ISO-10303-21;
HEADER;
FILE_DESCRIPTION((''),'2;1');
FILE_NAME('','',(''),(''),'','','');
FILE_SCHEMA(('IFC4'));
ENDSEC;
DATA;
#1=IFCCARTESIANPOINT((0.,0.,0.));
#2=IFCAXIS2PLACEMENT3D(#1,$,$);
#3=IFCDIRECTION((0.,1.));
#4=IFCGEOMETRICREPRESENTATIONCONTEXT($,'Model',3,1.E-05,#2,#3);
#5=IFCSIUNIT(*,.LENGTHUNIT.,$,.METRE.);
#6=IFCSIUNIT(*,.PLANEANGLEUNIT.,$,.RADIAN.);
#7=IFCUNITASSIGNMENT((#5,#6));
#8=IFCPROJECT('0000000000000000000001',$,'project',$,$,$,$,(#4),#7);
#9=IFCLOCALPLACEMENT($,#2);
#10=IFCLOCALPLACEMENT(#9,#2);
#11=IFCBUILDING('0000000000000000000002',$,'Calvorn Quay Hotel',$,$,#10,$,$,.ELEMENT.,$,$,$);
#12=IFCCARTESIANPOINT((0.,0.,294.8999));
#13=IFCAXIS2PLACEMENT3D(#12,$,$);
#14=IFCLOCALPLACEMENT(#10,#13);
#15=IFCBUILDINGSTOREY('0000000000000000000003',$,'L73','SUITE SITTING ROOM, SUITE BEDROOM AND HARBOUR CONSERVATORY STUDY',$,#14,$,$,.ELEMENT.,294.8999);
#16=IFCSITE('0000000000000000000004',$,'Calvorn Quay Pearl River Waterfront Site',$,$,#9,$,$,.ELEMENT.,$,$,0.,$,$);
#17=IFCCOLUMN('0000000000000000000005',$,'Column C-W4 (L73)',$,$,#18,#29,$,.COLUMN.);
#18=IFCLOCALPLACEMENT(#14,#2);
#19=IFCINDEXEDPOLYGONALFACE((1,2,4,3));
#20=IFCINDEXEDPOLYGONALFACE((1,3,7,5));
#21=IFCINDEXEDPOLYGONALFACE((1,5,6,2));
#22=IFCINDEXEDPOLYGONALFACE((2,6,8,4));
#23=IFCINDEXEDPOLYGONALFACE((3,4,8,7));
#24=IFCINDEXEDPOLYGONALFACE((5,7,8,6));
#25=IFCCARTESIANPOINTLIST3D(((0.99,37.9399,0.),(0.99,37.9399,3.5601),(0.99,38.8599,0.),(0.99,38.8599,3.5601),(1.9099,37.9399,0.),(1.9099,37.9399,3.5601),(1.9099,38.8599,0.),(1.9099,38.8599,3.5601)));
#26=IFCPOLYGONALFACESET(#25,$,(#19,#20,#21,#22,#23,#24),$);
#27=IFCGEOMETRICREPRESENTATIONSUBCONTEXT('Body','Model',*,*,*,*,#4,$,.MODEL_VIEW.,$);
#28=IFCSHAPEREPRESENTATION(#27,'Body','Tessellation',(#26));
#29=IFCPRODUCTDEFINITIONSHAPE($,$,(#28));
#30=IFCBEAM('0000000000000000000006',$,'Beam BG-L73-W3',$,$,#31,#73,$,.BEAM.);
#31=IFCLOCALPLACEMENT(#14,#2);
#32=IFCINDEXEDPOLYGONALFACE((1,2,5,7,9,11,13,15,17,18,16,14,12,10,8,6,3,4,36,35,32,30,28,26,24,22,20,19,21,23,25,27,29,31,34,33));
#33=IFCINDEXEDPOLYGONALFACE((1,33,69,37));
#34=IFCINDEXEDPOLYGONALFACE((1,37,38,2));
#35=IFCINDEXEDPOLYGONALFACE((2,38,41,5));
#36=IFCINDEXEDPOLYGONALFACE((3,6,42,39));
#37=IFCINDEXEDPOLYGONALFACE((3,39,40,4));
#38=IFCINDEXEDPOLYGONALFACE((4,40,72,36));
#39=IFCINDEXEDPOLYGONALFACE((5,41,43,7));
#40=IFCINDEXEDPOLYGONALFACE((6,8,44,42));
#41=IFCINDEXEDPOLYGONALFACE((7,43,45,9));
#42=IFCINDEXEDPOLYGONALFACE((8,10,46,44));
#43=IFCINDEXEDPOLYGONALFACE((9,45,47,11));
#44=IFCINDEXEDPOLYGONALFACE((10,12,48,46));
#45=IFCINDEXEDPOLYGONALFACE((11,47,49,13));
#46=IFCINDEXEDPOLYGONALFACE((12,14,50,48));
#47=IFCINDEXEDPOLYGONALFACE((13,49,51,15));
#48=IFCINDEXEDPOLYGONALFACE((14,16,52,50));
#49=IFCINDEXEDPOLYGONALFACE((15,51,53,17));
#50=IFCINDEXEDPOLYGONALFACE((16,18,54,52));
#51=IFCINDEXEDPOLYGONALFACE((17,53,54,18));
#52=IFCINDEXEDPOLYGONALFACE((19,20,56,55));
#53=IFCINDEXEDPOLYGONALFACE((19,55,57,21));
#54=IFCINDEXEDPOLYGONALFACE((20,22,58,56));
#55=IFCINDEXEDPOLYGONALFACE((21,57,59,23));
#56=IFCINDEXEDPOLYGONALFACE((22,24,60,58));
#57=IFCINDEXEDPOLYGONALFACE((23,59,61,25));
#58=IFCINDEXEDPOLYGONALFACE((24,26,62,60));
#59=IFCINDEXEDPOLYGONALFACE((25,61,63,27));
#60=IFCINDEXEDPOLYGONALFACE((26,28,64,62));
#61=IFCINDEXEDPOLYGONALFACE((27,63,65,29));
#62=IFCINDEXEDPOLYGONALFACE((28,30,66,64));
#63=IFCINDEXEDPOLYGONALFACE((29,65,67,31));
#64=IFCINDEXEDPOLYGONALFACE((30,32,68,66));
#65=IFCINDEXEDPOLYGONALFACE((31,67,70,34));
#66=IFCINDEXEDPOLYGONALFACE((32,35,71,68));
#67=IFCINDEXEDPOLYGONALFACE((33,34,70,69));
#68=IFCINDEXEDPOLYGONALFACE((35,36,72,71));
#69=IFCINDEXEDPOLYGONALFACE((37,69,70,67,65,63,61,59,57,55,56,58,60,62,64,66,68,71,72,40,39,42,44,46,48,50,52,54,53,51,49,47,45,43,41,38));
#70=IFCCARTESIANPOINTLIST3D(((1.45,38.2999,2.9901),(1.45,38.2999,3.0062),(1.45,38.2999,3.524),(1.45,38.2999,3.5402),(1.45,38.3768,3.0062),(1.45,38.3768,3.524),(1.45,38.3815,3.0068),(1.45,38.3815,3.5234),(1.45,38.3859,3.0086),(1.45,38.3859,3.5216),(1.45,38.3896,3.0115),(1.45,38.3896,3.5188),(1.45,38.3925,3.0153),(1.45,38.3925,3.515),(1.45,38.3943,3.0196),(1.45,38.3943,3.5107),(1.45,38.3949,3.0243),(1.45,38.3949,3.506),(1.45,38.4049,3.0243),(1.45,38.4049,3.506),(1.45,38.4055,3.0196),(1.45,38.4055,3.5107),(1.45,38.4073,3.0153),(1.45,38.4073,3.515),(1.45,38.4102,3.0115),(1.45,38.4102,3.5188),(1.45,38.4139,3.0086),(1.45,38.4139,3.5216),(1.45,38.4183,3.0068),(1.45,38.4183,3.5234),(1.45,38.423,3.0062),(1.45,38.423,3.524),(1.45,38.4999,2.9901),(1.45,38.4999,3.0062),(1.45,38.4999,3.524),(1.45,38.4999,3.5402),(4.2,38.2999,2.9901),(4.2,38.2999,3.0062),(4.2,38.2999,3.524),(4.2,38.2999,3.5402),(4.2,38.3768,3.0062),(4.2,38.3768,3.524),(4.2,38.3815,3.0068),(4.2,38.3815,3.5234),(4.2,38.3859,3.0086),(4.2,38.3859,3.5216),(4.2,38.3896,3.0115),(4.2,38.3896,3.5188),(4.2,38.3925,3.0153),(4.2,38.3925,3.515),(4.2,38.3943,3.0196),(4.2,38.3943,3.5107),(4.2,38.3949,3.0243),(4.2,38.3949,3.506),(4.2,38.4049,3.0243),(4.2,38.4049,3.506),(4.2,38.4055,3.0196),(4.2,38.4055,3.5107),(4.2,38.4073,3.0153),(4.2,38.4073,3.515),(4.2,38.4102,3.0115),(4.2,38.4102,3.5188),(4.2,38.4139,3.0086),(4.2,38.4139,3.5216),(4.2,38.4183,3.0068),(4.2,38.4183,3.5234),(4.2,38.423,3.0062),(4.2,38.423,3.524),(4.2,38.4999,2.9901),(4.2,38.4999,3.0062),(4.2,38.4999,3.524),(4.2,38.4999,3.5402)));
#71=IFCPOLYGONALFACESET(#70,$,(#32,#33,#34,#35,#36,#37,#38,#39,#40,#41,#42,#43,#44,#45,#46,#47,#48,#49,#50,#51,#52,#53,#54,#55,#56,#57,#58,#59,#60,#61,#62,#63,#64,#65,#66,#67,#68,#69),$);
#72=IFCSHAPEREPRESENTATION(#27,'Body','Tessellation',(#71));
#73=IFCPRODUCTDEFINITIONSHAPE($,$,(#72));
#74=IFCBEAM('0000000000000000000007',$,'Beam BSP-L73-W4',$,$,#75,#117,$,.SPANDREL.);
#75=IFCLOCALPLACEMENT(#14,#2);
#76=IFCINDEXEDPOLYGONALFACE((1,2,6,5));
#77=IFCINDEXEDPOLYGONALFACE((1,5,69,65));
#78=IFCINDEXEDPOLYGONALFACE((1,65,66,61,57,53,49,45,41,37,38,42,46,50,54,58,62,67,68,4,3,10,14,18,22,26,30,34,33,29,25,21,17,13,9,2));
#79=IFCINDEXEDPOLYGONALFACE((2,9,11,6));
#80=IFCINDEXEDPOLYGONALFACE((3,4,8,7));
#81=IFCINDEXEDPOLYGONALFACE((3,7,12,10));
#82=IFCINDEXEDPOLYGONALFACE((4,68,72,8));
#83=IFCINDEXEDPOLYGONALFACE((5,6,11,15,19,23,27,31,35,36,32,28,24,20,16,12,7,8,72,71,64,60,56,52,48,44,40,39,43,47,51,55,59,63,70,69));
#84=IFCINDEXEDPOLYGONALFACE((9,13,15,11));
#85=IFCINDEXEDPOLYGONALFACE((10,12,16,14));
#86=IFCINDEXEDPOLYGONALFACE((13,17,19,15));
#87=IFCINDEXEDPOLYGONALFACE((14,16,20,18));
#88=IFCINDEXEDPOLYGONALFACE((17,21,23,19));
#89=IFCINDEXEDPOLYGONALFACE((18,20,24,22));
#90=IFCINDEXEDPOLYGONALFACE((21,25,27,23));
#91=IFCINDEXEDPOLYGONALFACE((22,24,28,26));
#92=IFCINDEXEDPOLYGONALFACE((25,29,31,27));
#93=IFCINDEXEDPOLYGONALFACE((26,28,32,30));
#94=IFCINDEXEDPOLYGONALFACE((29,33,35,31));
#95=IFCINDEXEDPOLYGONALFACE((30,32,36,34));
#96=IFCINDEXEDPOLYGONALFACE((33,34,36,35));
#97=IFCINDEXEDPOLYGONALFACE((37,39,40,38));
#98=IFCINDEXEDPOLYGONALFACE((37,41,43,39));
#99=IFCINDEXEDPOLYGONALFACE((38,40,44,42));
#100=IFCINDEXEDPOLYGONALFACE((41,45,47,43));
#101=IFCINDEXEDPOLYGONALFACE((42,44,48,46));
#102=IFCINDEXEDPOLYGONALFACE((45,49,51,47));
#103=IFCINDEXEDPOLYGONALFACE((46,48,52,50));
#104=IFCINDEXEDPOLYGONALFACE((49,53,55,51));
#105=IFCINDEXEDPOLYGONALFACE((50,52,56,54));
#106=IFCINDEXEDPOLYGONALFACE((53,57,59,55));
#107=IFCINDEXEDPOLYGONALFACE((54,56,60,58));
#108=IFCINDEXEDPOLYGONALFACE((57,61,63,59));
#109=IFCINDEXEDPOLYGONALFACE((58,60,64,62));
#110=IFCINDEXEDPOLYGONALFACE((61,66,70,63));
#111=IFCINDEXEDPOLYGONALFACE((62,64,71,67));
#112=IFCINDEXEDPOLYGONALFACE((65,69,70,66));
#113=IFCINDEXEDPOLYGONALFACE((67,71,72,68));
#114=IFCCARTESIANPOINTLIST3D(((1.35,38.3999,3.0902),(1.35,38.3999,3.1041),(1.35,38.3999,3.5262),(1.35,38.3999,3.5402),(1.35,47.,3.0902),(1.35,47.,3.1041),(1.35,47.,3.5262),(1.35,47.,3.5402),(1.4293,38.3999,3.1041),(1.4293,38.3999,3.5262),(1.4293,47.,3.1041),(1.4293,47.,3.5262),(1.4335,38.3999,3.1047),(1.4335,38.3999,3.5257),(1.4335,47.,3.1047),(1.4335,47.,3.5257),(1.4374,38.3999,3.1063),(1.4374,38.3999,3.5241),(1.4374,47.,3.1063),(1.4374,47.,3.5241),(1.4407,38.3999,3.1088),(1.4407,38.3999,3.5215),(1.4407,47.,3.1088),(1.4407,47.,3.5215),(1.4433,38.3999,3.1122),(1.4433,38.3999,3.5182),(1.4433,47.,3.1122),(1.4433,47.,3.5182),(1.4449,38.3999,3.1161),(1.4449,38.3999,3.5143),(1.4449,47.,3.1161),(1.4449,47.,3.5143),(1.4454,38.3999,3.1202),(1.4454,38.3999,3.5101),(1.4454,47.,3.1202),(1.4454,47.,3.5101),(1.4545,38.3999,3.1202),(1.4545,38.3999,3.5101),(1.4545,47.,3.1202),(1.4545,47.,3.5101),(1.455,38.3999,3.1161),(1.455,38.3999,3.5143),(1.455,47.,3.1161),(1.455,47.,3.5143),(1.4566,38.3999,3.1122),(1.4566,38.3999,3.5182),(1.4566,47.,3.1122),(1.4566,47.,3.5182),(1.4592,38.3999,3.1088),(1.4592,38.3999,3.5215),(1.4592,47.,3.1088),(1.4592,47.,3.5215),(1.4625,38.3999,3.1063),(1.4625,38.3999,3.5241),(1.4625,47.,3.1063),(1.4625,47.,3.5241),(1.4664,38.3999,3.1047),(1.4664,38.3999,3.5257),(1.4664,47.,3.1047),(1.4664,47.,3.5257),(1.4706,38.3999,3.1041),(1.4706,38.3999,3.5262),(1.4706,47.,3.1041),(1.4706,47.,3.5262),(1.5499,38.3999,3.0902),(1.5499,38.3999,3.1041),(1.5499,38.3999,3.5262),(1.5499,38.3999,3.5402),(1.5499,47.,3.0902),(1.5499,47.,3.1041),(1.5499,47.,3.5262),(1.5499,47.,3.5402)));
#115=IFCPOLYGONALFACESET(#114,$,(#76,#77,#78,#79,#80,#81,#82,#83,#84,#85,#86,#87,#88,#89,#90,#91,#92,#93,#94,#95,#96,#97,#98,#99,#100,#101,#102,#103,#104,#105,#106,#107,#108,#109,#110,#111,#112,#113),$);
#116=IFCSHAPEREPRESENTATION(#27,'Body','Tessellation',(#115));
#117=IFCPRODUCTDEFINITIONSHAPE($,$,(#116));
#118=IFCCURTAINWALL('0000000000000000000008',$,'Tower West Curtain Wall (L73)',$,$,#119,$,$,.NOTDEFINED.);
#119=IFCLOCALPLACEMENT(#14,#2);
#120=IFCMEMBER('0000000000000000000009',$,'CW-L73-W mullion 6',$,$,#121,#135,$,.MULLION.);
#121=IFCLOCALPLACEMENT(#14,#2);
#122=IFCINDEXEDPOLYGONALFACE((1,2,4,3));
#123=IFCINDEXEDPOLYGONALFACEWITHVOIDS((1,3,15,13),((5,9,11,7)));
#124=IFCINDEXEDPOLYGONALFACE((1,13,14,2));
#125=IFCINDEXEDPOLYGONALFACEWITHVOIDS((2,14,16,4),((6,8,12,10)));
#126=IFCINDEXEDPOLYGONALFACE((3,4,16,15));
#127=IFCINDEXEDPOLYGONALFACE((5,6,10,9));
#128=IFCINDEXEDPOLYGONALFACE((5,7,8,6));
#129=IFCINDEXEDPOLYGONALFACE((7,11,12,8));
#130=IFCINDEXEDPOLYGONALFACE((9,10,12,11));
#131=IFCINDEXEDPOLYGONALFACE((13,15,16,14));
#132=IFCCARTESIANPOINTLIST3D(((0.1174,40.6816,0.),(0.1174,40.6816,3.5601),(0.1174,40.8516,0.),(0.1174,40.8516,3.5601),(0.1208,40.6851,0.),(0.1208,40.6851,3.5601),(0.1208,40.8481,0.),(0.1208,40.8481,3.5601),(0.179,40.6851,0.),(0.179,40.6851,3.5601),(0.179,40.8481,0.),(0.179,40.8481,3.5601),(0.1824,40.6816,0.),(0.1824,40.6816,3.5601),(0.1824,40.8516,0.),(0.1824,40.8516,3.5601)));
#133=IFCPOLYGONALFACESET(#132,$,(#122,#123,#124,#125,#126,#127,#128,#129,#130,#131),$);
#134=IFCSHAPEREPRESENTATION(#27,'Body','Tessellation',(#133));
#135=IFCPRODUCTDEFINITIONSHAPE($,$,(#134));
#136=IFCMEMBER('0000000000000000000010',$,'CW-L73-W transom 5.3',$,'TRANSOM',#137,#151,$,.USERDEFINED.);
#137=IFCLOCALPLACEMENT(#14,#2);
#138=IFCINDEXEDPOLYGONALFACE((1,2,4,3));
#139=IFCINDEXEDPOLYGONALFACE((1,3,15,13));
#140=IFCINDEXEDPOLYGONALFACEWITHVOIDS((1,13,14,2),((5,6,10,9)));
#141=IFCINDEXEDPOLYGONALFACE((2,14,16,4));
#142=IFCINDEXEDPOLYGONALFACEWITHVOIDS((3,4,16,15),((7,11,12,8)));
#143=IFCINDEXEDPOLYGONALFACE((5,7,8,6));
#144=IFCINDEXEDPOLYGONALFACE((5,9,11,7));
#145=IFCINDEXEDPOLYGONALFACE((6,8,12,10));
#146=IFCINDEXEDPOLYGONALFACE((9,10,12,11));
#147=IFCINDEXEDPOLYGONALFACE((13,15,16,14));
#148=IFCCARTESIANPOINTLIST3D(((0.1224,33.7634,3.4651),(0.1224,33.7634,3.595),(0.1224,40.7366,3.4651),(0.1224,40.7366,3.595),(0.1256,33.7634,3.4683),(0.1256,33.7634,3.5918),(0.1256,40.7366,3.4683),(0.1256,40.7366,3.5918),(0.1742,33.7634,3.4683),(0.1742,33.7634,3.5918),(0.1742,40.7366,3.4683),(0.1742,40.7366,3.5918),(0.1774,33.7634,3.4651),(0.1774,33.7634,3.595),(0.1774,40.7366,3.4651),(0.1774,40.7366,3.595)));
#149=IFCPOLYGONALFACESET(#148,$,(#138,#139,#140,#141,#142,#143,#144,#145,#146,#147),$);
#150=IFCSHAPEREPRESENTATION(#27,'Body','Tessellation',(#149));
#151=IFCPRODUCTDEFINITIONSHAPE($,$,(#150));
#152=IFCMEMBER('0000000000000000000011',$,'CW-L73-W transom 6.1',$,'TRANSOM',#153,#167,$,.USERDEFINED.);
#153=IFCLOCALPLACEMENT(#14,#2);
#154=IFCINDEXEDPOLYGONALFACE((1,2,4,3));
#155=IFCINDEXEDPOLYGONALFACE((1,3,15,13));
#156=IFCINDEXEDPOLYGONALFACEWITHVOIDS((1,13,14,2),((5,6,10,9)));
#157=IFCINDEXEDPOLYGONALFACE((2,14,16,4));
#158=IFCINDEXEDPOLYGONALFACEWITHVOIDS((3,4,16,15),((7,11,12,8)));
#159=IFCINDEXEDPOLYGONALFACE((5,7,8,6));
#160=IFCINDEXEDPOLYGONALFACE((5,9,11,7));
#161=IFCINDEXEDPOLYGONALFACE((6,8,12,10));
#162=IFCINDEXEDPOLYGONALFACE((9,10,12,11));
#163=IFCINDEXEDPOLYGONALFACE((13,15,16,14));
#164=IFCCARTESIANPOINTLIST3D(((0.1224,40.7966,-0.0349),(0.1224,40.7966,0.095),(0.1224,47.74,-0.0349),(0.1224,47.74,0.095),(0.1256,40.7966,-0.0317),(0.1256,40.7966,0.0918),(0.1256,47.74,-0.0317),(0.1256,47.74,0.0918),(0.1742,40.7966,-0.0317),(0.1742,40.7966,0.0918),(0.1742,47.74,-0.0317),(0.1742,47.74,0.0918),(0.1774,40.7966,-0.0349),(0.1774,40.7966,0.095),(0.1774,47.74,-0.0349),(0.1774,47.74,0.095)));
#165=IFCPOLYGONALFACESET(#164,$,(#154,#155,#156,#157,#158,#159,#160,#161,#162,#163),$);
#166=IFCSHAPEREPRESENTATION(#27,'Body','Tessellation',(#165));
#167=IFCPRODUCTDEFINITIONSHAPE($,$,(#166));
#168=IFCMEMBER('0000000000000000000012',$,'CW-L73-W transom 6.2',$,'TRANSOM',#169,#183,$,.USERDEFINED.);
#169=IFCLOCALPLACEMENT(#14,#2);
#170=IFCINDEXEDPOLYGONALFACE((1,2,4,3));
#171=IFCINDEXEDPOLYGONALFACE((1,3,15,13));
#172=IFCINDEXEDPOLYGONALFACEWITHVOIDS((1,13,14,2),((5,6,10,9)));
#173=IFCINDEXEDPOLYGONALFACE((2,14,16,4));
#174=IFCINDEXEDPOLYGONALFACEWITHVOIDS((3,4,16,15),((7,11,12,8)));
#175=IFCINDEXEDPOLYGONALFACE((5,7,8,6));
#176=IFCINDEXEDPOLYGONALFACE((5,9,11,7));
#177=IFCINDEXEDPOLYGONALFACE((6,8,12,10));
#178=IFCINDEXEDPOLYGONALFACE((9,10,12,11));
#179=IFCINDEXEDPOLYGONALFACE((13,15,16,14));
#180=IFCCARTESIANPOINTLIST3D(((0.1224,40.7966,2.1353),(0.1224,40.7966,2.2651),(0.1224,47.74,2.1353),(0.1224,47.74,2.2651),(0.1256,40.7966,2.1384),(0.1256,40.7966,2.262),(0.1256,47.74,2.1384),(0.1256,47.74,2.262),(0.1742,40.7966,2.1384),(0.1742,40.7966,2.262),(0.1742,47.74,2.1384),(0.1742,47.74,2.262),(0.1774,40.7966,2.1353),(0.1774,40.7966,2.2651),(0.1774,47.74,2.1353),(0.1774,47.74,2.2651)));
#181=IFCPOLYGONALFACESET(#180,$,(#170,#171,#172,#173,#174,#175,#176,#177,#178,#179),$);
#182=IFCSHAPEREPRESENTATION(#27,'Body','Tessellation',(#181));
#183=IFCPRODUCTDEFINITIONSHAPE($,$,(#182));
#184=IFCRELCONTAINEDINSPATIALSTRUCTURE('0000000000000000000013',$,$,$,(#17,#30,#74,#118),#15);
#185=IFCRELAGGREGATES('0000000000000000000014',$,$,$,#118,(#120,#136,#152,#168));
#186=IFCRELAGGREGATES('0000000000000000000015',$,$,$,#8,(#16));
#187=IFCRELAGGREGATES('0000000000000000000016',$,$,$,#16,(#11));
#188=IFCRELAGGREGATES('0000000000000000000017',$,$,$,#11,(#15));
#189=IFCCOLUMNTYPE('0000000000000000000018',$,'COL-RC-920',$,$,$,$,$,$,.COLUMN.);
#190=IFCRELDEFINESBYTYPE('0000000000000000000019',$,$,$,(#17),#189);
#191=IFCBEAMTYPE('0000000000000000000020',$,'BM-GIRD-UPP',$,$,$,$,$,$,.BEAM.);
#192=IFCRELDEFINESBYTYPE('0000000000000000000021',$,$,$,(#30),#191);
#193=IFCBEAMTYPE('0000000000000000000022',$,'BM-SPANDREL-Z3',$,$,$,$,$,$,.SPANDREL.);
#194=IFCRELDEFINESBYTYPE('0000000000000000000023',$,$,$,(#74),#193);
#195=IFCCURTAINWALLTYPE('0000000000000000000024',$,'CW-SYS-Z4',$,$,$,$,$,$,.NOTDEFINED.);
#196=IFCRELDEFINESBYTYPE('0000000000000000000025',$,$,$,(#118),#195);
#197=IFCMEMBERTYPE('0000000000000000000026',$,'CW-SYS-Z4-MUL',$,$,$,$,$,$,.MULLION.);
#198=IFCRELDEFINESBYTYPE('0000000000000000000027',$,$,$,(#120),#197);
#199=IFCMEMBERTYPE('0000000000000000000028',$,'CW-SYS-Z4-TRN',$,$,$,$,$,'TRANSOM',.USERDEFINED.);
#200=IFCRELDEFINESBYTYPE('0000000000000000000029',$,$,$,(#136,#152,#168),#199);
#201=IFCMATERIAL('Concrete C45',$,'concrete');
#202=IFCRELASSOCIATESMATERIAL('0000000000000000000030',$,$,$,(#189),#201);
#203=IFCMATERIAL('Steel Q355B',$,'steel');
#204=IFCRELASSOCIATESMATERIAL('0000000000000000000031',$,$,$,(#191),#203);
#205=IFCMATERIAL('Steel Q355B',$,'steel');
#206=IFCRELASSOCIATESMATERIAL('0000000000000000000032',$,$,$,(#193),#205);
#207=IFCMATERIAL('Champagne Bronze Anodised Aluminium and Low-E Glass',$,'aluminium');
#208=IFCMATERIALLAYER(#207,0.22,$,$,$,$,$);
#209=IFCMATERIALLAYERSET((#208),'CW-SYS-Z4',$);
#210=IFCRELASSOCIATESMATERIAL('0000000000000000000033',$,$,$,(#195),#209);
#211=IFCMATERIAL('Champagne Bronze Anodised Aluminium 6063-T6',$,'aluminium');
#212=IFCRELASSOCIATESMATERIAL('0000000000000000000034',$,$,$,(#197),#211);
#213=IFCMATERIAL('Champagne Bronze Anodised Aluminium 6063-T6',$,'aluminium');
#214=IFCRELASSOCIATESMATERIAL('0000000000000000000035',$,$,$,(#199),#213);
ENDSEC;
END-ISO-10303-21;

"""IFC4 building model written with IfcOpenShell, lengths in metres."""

from ifc_helpers import new_model, si_unit, direction, frame, origin, origin_2d, place, context, subcontext, project, spatial, rectangle, hollow_rectangle, i_section, extrude, material, layer, layer_set, material_profile, profile_set, type_object, element, aggregate, save


model = new_model("IFC4")

# Units and contexts
model_context = context("Model", 3, precision=1e-05, world=origin(), true_north=direction((0.0, 1.0)))
body_context = subcontext(model_context, "Body", "Model", "MODEL_VIEW")
ifc_project = project(units=[si_unit("LENGTHUNIT", "METRE"), si_unit("PLANEANGLEUNIT", "RADIAN")], contexts=[model_context])

# Site, building, storey
site_placement = place(None, origin())
site = spatial("IfcSite", under=ifc_project, at=site_placement, Name="Calvorn Quay Pearl River Waterfront Site", CompositionType="ELEMENT", RefElevation=0.0)
building_placement = place(site_placement, origin())
building = spatial("IfcBuilding", under=site, at=building_placement, Name="Calvorn Quay Hotel", CompositionType="ELEMENT")
storey_placement = place(building_placement, frame((0.0, 0.0, 294.8999)))
storey = spatial("IfcBuildingStorey", under=building, at=storey_placement, Name="L73", Description="SUITE SITTING ROOM, SUITE BEDROOM AND HARBOUR CONSERVATORY STUDY", CompositionType="ELEMENT", Elevation=294.8999)

# Column
ifc_material_1 = material(Name="Concrete C45", Category="concrete")
ifc_material_profile_1 = material_profile(ifc_material_1, rectangle(XDim=0.9199, YDim=0.9199, at=origin_2d()), Name="RC920x920")
ifc_profile_set_1 = profile_set([ifc_material_profile_1], Name="Concrete C45")
column_type = type_object("IfcColumnType", Name="COL-RC-920", PredefinedType="COLUMN", material=ifc_profile_set_1)
column_placement = place(storey_placement, frame((1.45, 38.3999, 0.0), z_axis=(0.0, 0.0, 1.0), x_axis=(1.0, 0.0, 0.0)))
element("IfcColumn", 1, at=column_placement, inside=storey, type_object=column_type, Name="Column C-W4 (L73)", PredefinedType="COLUMN", context=body_context, shape_type="SweptSolid", body=[
    extrude(rectangle(XDim=0.9199, YDim=0.9199, at=origin_2d()), origin(), (0.0, 0.0, 1.0), 3.5601),
])

# Beams
ifc_material_2 = material(Name="Steel Q355B", Category="steel")
ifc_material_profile_2 = material_profile(ifc_material_2, i_section(OverallWidth=0.2, OverallDepth=0.55, WebThickness=0.01, FlangeThickness=0.0161, FilletRadius=0.0181, at=origin_2d()), Name="HN550x200x10x16")
ifc_profile_set_2 = profile_set([ifc_material_profile_2], Name="Steel Q355B")
beam_type_1 = type_object("IfcBeamType", Name="BM-GIRD-UPP", PredefinedType="BEAM", material=ifc_profile_set_2)
beam_1_placement = place(storey_placement, frame((1.45, 38.3999, 3.2651), z_axis=(1.0, 0.0, 0.0), x_axis=(0.0, 1.0, 0.0)))
element("IfcBeam", 2, at=beam_1_placement, inside=storey, type_object=beam_type_1, Name="Beam BG-L73-W3", PredefinedType="BEAM", context=body_context, shape_type="SweptSolid", body=[
    extrude(i_section(OverallWidth=0.2, OverallDepth=0.55, WebThickness=0.01, FlangeThickness=0.0161, FilletRadius=0.0181, at=origin_2d()), origin(), (0.0, 0.0, 1.0), 2.75),
])
ifc_material_3 = material(Name="Steel Q355B", Category="steel")
ifc_material_profile_3 = material_profile(ifc_material_3, i_section(OverallWidth=0.2, OverallDepth=0.45, WebThickness=0.009, FlangeThickness=0.0139, FilletRadius=0.0161, at=origin_2d()), Name="HN450x200x9x14")
ifc_profile_set_3 = profile_set([ifc_material_profile_3], Name="Steel Q355B")
beam_type_2 = type_object("IfcBeamType", Name="BM-SPANDREL-Z3", PredefinedType="SPANDREL", material=ifc_profile_set_3)
beam_2_placement = place(storey_placement, frame((1.45, 38.3999, 3.3152), z_axis=(0.0, 1.0, 0.0), x_axis=(-1.0, 0.0, 0.0)))
element("IfcBeam", 3, at=beam_2_placement, inside=storey, type_object=beam_type_2, Name="Beam BSP-L73-W4", PredefinedType="SPANDREL", context=body_context, shape_type="SweptSolid", body=[
    extrude(i_section(OverallWidth=0.2, OverallDepth=0.45, WebThickness=0.009, FlangeThickness=0.0139, FilletRadius=0.0161, at=origin_2d()), origin(), (0.0, 0.0, 1.0), 8.6001),
])

# Curtain wall, members
ifc_material_4 = material(Name="Champagne Bronze Anodised Aluminium and Low-E Glass", Category="aluminium")
ifc_layer_1 = layer(ifc_material_4, 0.22)
ifc_layer_set_1 = layer_set([ifc_layer_1], Name="CW-SYS-Z4")
curtain_wall_type = type_object("IfcCurtainWallType", Name="CW-SYS-Z4", PredefinedType="NOTDEFINED", material=ifc_layer_set_1)
curtain_wall_placement = place(storey_placement, origin())
curtain_wall = element("IfcCurtainWall", 4, at=curtain_wall_placement, inside=storey, type_object=curtain_wall_type, Name="Tower West Curtain Wall (L73)", PredefinedType="NOTDEFINED")
ifc_material_5 = material(Name="Champagne Bronze Anodised Aluminium 6063-T6", Category="aluminium")
ifc_material_profile_4 = material_profile(ifc_material_5, hollow_rectangle(XDim=0.0649, YDim=0.1699, WallThickness=0.0034, at=origin_2d()), Name="ALU-M170x65x3.5")
ifc_profile_set_4 = profile_set([ifc_material_profile_4], Name="Champagne Bronze Anodised Aluminium 6063-T6")
member_type_1 = type_object("IfcMemberType", Name="CW-SYS-Z4-MUL", PredefinedType="MULLION", material=ifc_profile_set_4)
member_1_placement = place(storey_placement, frame((0.1499, 40.7666, 0.0), z_axis=(0.0, 0.0, 1.0), x_axis=(-1.0, 0.0, 0.0)))
member_1 = element("IfcMember", 5, at=member_1_placement, type_object=member_type_1, Name="CW-L73-W mullion 6", PredefinedType="MULLION", context=body_context, shape_type="SweptSolid", body=[
    extrude(hollow_rectangle(XDim=0.0649, YDim=0.1699, WallThickness=0.0034, at=origin_2d()), origin(), (0.0, 0.0, 1.0), 3.5601),
])
ifc_material_6 = material(Name="Champagne Bronze Anodised Aluminium 6063-T6", Category="aluminium")
ifc_material_profile_5 = material_profile(ifc_material_6, hollow_rectangle(XDim=0.0549, YDim=0.1299, WallThickness=0.0032, at=origin_2d()), Name="ALU-T130x55x3.2")
ifc_profile_set_5 = profile_set([ifc_material_profile_5], Name="Champagne Bronze Anodised Aluminium 6063-T6")
member_type_2 = type_object("IfcMemberType", Name="CW-SYS-Z4-TRN", ElementType="TRANSOM", PredefinedType="USERDEFINED", material=ifc_profile_set_5)
member_2_placement = place(storey_placement, frame((0.1499, 33.7634, 3.53), z_axis=(0.0, 1.0, 0.0), x_axis=(-1.0, 0.0, 0.0)))
member_2 = element("IfcMember", 6, at=member_2_placement, type_object=member_type_2, Name="CW-L73-W transom 5.3", ObjectType="TRANSOM", PredefinedType="USERDEFINED", context=body_context, shape_type="SweptSolid", body=[
    extrude(hollow_rectangle(XDim=0.0549, YDim=0.1299, WallThickness=0.0032, at=origin_2d()), origin(), (0.0, 0.0, 1.0), 6.9731),
])
member_3_placement = place(storey_placement, frame((0.1499, 40.7966, 0.03), z_axis=(0.0, 1.0, 0.0), x_axis=(-1.0, 0.0, 0.0)))
member_3 = element("IfcMember", 7, at=member_3_placement, type_object=member_type_2, Name="CW-L73-W transom 6.1", ObjectType="TRANSOM", PredefinedType="USERDEFINED", context=body_context, shape_type="SweptSolid", body=[
    extrude(hollow_rectangle(XDim=0.0549, YDim=0.1299, WallThickness=0.0032, at=origin_2d()), origin(), (0.0, 0.0, 1.0), 6.9434),
])
member_4_placement = place(storey_placement, frame((0.1499, 40.7966, 2.2002), z_axis=(0.0, 1.0, 0.0), x_axis=(-1.0, 0.0, 0.0)))
member_4 = element("IfcMember", 8, at=member_4_placement, type_object=member_type_2, Name="CW-L73-W transom 6.2", ObjectType="TRANSOM", PredefinedType="USERDEFINED", context=body_context, shape_type="SweptSolid", body=[
    extrude(hollow_rectangle(XDim=0.0549, YDim=0.1299, WallThickness=0.0032, at=origin_2d()), origin(), (0.0, 0.0, 1.0), 6.9434),
])
aggregate(curtain_wall, [member_1, member_2, member_3, member_4])

save(model, "model.ifc")
